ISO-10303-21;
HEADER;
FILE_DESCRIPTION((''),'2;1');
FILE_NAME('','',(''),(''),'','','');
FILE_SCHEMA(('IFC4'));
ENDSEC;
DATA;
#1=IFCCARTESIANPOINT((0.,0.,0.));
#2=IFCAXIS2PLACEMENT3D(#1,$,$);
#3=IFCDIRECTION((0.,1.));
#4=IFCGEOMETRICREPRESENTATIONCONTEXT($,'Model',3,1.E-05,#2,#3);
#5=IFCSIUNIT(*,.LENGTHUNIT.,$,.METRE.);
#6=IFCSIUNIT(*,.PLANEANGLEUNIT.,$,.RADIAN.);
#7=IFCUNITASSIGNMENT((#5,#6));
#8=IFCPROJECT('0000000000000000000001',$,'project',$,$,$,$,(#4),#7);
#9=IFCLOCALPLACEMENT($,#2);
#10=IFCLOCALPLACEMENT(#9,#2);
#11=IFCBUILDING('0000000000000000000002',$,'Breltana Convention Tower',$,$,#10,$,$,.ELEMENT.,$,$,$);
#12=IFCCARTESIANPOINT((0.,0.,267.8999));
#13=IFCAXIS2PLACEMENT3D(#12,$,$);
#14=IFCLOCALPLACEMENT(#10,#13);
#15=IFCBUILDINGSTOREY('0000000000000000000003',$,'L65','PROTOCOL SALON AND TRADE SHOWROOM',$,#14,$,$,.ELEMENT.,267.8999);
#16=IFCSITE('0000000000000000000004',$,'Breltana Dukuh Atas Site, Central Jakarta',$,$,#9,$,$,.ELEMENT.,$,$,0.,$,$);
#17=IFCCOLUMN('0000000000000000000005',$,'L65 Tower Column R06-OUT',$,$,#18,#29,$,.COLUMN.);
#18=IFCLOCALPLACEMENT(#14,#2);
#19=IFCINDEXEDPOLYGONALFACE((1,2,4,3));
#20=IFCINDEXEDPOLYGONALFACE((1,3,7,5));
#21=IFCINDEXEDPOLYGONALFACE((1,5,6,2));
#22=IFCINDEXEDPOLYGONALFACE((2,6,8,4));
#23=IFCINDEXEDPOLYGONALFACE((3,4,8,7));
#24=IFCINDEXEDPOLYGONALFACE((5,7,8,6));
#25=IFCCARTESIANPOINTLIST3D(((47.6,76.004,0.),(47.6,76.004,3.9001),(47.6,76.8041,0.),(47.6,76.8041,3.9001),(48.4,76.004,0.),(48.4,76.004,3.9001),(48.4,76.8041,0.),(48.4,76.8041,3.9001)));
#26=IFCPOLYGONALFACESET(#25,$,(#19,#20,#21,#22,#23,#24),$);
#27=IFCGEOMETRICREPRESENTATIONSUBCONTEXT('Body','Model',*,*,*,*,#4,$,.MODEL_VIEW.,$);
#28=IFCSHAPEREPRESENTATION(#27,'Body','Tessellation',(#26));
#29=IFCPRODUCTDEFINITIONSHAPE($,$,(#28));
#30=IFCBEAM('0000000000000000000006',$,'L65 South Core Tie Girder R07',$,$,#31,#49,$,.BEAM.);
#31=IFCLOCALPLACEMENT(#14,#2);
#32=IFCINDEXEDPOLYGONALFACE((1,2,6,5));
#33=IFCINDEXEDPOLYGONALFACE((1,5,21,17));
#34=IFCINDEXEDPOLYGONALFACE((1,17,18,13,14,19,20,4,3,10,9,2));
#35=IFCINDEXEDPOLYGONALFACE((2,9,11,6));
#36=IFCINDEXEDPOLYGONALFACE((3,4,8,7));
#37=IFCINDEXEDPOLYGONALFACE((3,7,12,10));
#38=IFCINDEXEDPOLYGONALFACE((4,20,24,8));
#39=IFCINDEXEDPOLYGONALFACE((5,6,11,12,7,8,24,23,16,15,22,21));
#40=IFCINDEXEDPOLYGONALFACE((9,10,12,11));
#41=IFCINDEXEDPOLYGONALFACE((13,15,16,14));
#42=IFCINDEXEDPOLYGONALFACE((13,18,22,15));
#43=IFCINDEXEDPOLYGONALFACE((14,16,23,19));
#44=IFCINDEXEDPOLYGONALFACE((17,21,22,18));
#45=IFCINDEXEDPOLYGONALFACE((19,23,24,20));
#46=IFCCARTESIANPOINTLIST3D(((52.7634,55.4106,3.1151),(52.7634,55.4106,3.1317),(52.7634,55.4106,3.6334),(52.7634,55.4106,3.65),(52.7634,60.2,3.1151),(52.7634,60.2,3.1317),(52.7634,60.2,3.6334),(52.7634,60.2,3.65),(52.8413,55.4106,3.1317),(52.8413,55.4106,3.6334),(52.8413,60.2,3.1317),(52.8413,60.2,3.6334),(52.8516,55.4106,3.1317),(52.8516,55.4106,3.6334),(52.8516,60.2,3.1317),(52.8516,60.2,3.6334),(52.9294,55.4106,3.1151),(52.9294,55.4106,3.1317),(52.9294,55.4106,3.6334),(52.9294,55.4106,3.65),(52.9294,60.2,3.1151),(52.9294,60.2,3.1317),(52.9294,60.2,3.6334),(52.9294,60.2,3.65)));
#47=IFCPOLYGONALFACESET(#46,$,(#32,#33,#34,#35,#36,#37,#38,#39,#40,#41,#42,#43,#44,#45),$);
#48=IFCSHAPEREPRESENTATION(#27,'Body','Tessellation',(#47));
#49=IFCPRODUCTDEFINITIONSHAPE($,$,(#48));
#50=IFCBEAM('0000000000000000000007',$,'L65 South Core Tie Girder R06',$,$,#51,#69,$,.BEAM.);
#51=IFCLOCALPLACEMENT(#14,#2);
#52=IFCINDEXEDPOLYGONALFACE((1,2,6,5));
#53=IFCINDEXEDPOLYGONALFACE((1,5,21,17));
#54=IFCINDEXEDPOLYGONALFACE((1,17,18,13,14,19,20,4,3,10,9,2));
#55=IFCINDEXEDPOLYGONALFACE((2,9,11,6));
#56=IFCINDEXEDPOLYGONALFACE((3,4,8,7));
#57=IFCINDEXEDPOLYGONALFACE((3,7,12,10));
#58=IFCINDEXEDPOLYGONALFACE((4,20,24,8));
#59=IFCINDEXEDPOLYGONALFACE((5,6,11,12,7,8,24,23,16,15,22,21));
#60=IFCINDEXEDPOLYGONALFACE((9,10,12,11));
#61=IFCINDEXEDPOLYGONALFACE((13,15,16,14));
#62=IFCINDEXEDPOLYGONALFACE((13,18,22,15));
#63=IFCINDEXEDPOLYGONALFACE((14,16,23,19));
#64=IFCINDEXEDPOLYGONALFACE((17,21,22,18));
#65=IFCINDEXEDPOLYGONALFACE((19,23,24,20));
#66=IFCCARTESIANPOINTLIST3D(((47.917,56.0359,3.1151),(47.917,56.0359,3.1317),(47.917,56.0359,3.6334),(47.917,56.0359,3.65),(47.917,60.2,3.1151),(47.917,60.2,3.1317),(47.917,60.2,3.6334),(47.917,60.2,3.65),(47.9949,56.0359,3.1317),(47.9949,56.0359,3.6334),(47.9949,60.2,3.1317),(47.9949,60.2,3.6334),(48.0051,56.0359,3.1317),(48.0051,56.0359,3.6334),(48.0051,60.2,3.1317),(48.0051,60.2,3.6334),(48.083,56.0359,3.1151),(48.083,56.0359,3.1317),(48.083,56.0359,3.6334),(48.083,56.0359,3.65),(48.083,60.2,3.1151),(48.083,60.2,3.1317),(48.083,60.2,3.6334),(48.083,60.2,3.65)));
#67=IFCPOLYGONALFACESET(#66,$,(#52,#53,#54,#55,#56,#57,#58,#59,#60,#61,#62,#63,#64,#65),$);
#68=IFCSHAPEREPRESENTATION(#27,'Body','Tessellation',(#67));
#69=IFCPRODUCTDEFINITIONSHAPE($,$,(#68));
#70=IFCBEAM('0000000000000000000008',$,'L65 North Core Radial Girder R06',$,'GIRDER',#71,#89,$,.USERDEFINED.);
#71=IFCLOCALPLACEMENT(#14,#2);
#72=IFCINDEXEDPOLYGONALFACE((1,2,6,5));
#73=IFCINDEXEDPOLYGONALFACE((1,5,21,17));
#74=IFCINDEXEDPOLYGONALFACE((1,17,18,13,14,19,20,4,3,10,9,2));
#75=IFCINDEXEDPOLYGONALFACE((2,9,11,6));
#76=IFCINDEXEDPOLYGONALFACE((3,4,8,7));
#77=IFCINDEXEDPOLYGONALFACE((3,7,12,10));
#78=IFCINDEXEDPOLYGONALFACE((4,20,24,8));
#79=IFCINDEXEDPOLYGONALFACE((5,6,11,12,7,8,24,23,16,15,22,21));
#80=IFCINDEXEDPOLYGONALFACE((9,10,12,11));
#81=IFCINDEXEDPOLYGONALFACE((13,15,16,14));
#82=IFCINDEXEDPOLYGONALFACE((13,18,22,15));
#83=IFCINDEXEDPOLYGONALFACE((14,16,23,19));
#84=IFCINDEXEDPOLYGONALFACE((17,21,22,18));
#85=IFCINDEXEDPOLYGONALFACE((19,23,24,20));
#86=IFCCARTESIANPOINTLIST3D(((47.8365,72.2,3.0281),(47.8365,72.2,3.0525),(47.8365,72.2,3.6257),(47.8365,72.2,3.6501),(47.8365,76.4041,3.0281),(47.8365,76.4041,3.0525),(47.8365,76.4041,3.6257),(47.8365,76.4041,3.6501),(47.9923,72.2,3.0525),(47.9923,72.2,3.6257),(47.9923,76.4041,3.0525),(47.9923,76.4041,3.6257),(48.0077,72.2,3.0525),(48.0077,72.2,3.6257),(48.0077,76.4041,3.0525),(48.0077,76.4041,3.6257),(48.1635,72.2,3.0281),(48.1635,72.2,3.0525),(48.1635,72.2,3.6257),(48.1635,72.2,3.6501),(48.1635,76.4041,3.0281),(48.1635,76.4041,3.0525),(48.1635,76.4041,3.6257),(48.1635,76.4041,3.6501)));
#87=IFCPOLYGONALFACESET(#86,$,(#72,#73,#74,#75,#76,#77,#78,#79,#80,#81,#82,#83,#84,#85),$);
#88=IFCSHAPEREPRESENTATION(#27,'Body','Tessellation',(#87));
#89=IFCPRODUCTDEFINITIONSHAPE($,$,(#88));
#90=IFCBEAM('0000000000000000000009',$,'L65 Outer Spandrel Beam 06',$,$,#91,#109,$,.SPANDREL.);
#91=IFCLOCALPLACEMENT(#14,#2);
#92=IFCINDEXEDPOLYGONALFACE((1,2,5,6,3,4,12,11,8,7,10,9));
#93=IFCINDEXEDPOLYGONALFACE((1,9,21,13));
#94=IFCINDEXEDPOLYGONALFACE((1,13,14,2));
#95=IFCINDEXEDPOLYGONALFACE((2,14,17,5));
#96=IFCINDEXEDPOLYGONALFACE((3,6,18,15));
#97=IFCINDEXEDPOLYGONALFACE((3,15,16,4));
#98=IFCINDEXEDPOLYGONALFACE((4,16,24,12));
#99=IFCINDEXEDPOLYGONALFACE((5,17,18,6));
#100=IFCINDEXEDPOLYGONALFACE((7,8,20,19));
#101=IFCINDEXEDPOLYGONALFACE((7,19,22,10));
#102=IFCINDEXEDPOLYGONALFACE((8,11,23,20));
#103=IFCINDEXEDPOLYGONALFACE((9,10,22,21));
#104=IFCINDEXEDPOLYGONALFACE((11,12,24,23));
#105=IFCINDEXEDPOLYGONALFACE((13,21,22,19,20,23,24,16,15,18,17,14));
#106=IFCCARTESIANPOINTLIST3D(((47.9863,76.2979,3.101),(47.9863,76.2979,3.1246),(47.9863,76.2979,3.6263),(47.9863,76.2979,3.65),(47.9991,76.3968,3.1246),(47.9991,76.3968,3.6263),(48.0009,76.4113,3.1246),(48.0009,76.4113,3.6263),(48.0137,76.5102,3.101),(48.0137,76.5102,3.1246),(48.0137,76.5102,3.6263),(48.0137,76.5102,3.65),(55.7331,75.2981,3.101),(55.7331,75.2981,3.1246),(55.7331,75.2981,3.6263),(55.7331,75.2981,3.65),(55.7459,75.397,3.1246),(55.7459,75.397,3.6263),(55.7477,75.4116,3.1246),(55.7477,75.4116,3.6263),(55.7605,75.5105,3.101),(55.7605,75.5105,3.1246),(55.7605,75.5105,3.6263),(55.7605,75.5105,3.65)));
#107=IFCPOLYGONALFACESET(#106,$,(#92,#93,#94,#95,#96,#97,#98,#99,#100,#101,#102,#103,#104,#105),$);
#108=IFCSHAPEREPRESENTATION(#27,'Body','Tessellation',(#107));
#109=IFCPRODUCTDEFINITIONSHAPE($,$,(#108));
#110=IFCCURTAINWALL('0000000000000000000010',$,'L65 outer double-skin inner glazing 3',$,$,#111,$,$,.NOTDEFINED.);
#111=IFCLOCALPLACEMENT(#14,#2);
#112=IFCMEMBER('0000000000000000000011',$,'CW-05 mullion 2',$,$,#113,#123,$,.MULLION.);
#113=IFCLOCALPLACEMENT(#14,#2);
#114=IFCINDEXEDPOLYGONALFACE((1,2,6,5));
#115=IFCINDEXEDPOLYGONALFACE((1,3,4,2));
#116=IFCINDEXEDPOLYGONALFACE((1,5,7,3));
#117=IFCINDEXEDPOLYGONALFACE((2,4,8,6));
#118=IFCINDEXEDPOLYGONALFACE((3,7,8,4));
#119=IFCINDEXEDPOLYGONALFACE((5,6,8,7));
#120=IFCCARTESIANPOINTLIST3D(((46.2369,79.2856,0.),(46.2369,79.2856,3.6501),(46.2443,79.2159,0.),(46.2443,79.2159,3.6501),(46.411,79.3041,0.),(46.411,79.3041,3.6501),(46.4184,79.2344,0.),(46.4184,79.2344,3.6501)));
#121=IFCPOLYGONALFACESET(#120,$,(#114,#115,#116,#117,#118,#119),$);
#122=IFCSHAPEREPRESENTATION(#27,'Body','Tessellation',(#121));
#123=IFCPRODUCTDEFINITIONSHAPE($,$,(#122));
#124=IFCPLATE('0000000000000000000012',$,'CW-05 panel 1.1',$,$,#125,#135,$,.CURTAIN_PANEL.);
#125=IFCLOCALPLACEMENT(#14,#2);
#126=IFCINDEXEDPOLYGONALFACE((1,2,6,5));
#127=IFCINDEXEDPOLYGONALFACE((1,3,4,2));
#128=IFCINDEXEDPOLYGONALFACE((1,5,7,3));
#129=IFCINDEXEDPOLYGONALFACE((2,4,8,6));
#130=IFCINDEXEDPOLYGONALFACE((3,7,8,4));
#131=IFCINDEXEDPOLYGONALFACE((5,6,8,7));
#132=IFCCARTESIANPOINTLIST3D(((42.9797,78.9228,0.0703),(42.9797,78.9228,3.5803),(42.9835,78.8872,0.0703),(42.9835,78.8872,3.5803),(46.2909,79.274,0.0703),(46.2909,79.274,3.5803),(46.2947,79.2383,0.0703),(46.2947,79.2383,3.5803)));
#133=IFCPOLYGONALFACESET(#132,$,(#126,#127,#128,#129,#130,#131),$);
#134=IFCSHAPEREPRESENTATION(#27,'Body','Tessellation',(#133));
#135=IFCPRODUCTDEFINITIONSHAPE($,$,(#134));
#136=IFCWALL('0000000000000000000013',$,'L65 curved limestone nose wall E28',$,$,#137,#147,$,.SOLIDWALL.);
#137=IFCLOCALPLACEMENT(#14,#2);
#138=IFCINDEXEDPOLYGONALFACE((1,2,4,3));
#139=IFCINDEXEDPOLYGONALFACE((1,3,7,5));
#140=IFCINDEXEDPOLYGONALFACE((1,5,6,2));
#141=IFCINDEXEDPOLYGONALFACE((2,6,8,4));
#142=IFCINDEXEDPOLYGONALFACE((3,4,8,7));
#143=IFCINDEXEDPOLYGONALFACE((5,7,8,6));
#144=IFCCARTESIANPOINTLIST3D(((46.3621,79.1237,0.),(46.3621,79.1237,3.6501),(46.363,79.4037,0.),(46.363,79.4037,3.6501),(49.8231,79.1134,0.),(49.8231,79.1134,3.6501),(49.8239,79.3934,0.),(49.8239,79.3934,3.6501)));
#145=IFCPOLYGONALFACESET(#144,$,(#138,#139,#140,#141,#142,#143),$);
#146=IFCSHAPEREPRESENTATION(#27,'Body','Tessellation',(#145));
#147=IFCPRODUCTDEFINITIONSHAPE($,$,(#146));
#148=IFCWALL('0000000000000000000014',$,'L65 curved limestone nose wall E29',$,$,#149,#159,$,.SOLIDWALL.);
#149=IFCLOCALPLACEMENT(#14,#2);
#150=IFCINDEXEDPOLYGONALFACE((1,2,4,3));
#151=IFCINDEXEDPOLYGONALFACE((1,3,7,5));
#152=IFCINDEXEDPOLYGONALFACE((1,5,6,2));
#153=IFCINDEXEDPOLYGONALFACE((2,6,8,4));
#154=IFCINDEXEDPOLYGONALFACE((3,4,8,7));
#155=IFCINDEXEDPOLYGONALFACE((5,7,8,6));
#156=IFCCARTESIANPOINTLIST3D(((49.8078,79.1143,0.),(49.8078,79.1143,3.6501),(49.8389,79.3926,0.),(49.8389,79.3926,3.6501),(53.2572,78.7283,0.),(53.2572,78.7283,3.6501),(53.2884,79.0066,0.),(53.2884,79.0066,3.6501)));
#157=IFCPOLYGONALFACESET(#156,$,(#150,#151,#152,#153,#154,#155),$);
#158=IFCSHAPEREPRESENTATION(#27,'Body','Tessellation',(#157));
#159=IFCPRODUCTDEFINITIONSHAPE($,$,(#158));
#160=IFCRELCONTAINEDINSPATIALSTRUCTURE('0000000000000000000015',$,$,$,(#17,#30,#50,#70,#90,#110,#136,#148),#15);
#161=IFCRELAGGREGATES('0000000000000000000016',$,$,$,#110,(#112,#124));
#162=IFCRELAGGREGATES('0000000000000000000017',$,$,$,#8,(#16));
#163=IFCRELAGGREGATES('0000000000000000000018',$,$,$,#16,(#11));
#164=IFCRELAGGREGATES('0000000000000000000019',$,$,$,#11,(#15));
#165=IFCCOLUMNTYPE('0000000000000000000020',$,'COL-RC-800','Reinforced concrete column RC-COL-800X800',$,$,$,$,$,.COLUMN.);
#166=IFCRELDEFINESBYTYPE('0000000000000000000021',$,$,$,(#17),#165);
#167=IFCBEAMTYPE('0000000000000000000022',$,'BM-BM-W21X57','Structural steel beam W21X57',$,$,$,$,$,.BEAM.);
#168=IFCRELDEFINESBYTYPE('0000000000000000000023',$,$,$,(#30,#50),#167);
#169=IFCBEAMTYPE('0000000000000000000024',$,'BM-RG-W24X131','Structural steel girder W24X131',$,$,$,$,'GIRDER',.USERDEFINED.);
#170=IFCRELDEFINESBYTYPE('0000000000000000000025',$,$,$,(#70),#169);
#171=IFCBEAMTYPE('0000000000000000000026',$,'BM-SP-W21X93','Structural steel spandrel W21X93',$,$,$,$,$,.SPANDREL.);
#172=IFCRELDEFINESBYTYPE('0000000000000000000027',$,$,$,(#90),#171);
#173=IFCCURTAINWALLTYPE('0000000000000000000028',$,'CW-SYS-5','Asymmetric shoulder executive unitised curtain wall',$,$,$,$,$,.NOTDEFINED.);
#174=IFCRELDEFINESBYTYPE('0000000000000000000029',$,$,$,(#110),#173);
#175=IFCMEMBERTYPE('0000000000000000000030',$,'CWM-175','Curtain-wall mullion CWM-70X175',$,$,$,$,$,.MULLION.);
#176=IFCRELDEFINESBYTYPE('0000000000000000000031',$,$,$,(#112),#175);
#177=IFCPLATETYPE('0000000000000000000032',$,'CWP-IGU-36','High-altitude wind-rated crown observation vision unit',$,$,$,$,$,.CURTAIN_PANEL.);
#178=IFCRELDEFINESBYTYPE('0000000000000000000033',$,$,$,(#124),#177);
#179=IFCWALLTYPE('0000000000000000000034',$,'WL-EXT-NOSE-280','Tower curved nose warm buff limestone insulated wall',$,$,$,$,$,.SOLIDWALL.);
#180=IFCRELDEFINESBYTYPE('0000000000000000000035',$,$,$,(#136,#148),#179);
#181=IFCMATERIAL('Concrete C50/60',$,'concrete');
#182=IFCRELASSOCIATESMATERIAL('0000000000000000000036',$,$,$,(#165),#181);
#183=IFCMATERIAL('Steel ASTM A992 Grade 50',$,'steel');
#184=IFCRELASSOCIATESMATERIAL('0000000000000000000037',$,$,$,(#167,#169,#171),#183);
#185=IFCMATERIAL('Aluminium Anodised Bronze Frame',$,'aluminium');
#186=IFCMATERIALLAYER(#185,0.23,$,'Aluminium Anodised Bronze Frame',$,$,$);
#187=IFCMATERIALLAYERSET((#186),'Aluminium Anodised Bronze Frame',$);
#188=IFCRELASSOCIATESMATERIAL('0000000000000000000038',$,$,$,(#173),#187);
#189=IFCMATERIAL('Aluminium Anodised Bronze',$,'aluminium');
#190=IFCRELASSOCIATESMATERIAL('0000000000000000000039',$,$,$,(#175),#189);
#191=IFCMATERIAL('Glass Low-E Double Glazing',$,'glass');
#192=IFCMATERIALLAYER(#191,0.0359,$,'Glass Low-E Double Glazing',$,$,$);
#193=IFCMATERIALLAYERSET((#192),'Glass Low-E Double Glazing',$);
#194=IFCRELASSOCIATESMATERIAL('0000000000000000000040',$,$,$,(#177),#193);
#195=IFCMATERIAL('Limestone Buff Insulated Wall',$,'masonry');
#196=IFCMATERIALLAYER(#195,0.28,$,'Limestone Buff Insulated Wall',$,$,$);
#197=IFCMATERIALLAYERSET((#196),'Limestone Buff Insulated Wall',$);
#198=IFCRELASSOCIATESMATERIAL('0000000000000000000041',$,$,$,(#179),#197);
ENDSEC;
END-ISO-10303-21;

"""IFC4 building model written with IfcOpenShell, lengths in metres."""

from ifc_helpers import new_model, si_unit, direction, frame, frame_2d, origin, origin_2d, place, context, subcontext, project, spatial, rectangle, i_section, extrude, source, transform, mapped, material, layer, layer_set, material_profile, profile_set, type_object, element, aggregate, save


model = new_model("IFC4")

# Units and contexts
model_context = context("Model", 3, precision=1e-05, world=origin(), true_north=direction((0.0, 1.0)))
body_context = subcontext(model_context, "Body", "Model", "MODEL_VIEW")
ifc_project = project(units=[si_unit("LENGTHUNIT", "METRE"), si_unit("PLANEANGLEUNIT", "RADIAN")], contexts=[model_context])

# Site, building, storey
site_placement = place(None, origin())
site = spatial("IfcSite", under=ifc_project, at=site_placement, Name="Breltana Dukuh Atas Site, Central Jakarta", CompositionType="ELEMENT", RefElevation=0.0)
building_placement = place(site_placement, origin())
building = spatial("IfcBuilding", under=site, at=building_placement, Name="Breltana Convention Tower", CompositionType="ELEMENT")
storey_placement = place(building_placement, frame((0.0, 0.0, 267.8999)))
storey = spatial("IfcBuildingStorey", under=building, at=storey_placement, Name="L65", Description="PROTOCOL SALON AND TRADE SHOWROOM", CompositionType="ELEMENT", Elevation=267.8999)

# Column
ifc_material_1 = material(Name="Concrete C50/60", Category="concrete")
ifc_material_profile_1 = material_profile(ifc_material_1, rectangle(XDim=0.8, YDim=0.8, at=origin_2d()), Name="RC-COL-800X800")
ifc_profile_set_1 = profile_set([ifc_material_profile_1], Name="Concrete C50/60")
column_type = type_object("IfcColumnType", Name="COL-RC-800", Description="Reinforced concrete column RC-COL-800X800", PredefinedType="COLUMN", material=ifc_profile_set_1)
shared_shape_1 = source(origin(), body_context, "Body", "SweptSolid", [
    extrude(rectangle(XDim=0.8, YDim=0.8, at=origin_2d()), origin(), (0.0, 0.0, 1.0), 3.9001),
])
column_placement = place(storey_placement, frame((48.0, 76.4041, 0.0), z_axis=(0.0, 0.0, 1.0), x_axis=(0.0, 1.0, 0.0)))
element("IfcColumn", 1, at=column_placement, inside=storey, type_object=column_type, Name="L65 Tower Column R06-OUT", PredefinedType="COLUMN", context=body_context, shape_type="MappedRepresentation", body=[
    mapped(shared_shape_1, transform((0.0, 0.0, 0.0), scale=1.0)),
])

# Beams
ifc_material_2 = material(Name="Steel ASTM A992 Grade 50", Category="steel")
ifc_material_profile_2 = material_profile(ifc_material_2, i_section(OverallWidth=0.166, OverallDepth=0.5349, WebThickness=0.0103, FlangeThickness=0.0166, at=origin_2d()), Name="W21X57")
ifc_profile_set_2 = profile_set([ifc_material_profile_2], Name="Steel ASTM A992 Grade 50")
beam_type_1 = type_object("IfcBeamType", Name="BM-BM-W21X57", Description="Structural steel beam W21X57", PredefinedType="BEAM", material=ifc_profile_set_2)
shared_shape_2 = source(origin(), body_context, "Body", "SweptSolid", [
    extrude(i_section(OverallWidth=0.166, OverallDepth=0.5349, WebThickness=0.0103, FlangeThickness=0.0166, at=origin_2d()), origin(), (0.0, 0.0, 1.0), 4.7893),
])
beam_1_placement = place(storey_placement, frame((52.8464, 60.2, 3.3826), z_axis=(0.0, -1.0, 0.0), x_axis=(1.0, 0.0, 0.0)))
element("IfcBeam", 2, at=beam_1_placement, inside=storey, type_object=beam_type_1, Name="L65 South Core Tie Girder R07", PredefinedType="BEAM", context=body_context, shape_type="MappedRepresentation", body=[
    mapped(shared_shape_2, transform((0.0, 0.0, 0.0), scale=1.0)),
])
shared_shape_3 = source(origin(), body_context, "Body", "SweptSolid", [
    extrude(i_section(OverallWidth=0.166, OverallDepth=0.5349, WebThickness=0.0103, FlangeThickness=0.0166, at=origin_2d()), origin(), (0.0, 0.0, 1.0), 4.1641),
])
beam_2_placement = place(storey_placement, frame((48.0, 60.2, 3.3826), z_axis=(0.0, -1.0, 0.0), x_axis=(1.0, 0.0, 0.0)))
element("IfcBeam", 3, at=beam_2_placement, inside=storey, type_object=beam_type_1, Name="L65 South Core Tie Girder R06", PredefinedType="BEAM", context=body_context, shape_type="MappedRepresentation", body=[
    mapped(shared_shape_3, transform((0.0, 0.0, 0.0), scale=1.0)),
])
ifc_material_profile_3 = material_profile(ifc_material_2, i_section(OverallWidth=0.3269, OverallDepth=0.6221, WebThickness=0.0154, FlangeThickness=0.0244, at=origin_2d()), Name="W24X131")
ifc_profile_set_3 = profile_set([ifc_material_profile_3], Name="Steel ASTM A992 Grade 50")
beam_type_2 = type_object("IfcBeamType", Name="BM-RG-W24X131", Description="Structural steel girder W24X131", ElementType="GIRDER", PredefinedType="USERDEFINED", material=ifc_profile_set_3)
shared_shape_4 = source(origin(), body_context, "Body", "SweptSolid", [
    extrude(i_section(OverallWidth=0.3269, OverallDepth=0.6221, WebThickness=0.0154, FlangeThickness=0.0244, at=origin_2d()), origin(), (0.0, 0.0, 1.0), 4.2041),
])
beam_3_placement = place(storey_placement, frame((48.0, 72.2, 3.3391), z_axis=(0.0, 1.0, 0.0), x_axis=(-1.0, 0.0, 0.0)))
element("IfcBeam", 4, at=beam_3_placement, inside=storey, type_object=beam_type_2, Name="L65 North Core Radial Girder R06", ObjectType="GIRDER", PredefinedType="USERDEFINED", context=body_context, shape_type="MappedRepresentation", body=[
    mapped(shared_shape_4, transform((0.0, 0.0, 0.0), scale=1.0)),
])
ifc_material_profile_4 = material_profile(ifc_material_2, i_section(OverallWidth=0.2141, OverallDepth=0.5491, WebThickness=0.0146, FlangeThickness=0.0237, at=origin_2d()), Name="W21X93")
ifc_profile_set_4 = profile_set([ifc_material_profile_4], Name="Steel ASTM A992 Grade 50")
beam_type_3 = type_object("IfcBeamType", Name="BM-SP-W21X93", Description="Structural steel spandrel W21X93", PredefinedType="SPANDREL", material=ifc_profile_set_4)
shared_shape_5 = source(origin(), body_context, "Body", "SweptSolid", [
    extrude(i_section(OverallWidth=0.2141, OverallDepth=0.5491, WebThickness=0.0146, FlangeThickness=0.0237, at=origin_2d()), origin(), (0.0, 0.0, 1.0), 7.811),
])
beam_4_placement = place(storey_placement, frame((48.0, 76.4041, 3.3755), z_axis=(0.991775, -0.127992, 0.0), x_axis=(0.127992, 0.991775, 0.0)))
element("IfcBeam", 5, at=beam_4_placement, inside=storey, type_object=beam_type_3, Name="L65 Outer Spandrel Beam 06", PredefinedType="SPANDREL", context=body_context, shape_type="MappedRepresentation", body=[
    mapped(shared_shape_5, transform((0.0, 0.0, 0.0), scale=1.0)),
])

# Curtain wall, member, plate
ifc_material_3 = material(Name="Aluminium Anodised Bronze Frame", Category="aluminium")
ifc_layer_1 = layer(ifc_material_3, 0.23, Name="Aluminium Anodised Bronze Frame")
ifc_layer_set_1 = layer_set([ifc_layer_1], Name="Aluminium Anodised Bronze Frame")
curtain_wall_type = type_object("IfcCurtainWallType", Name="CW-SYS-5", Description="Asymmetric shoulder executive unitised curtain wall", PredefinedType="NOTDEFINED", material=ifc_layer_set_1)
curtain_wall_placement = place(storey_placement, origin())
curtain_wall = element("IfcCurtainWall", 6, at=curtain_wall_placement, inside=storey, type_object=curtain_wall_type, Name="L65 outer double-skin inner glazing 3", PredefinedType="NOTDEFINED")
ifc_material_4 = material(Name="Aluminium Anodised Bronze", Category="aluminium")
ifc_material_profile_5 = material_profile(ifc_material_4, rectangle(XDim=0.0701, YDim=0.175, at=origin_2d()), Name="CWM-70X175")
ifc_profile_set_5 = profile_set([ifc_material_profile_5], Name="Aluminium Anodised Bronze")
member_type = type_object("IfcMemberType", Name="CWM-175", Description="Curtain-wall mullion CWM-70X175", PredefinedType="MULLION", material=ifc_profile_set_5)
shared_shape_6 = source(origin(), body_context, "Body", "SweptSolid", [
    extrude(rectangle(XDim=0.0701, YDim=0.175, at=origin_2d()), origin(), (0.0, 0.0, 1.0), 3.6501),
])
member_placement = place(storey_placement, frame((46.3276, 79.26, 0.0), z_axis=(0.0, 0.0, 1.0), x_axis=(-0.105448, 0.994425, 0.0)))
member = element("IfcMember", 7, at=member_placement, type_object=member_type, Name="CW-05 mullion 2", PredefinedType="MULLION", context=body_context, shape_type="MappedRepresentation", body=[
    mapped(shared_shape_6, transform((0.0, 0.0, 0.0), scale=1.0)),
])
ifc_material_5 = material(Name="Glass Low-E Double Glazing", Category="glass")
ifc_layer_2 = layer(ifc_material_5, 0.0359, Name="Glass Low-E Double Glazing")
ifc_layer_set_2 = layer_set([ifc_layer_2], Name="Glass Low-E Double Glazing")
plate_type = type_object("IfcPlateType", Name="CWP-IGU-36", Description="High-altitude wind-rated crown observation vision unit", PredefinedType="CURTAIN_PANEL", material=ifc_layer_set_2)
shared_shape_7 = source(origin(), body_context, "Body", "SweptSolid", [
    extrude(rectangle(XDim=3.3298, YDim=0.0359, at=origin_2d()), origin(), (0.0, 0.0, 1.0), 3.51),
])
plate_placement = place(storey_placement, frame((44.6372, 79.0806, 0.0703), z_axis=(0.0, 0.0, 1.0), x_axis=(0.994425, 0.105448, 0.0)))
plate = element("IfcPlate", 8, at=plate_placement, type_object=plate_type, Name="CW-05 panel 1.1", PredefinedType="CURTAIN_PANEL", context=body_context, shape_type="MappedRepresentation", body=[
    mapped(shared_shape_7, transform((0.0, 0.0, 0.0), scale=1.0)),
])
aggregate(curtain_wall, [member, plate])

# Walls
ifc_material_6 = material(Name="Limestone Buff Insulated Wall", Category="masonry")
ifc_layer_3 = layer(ifc_material_6, 0.28, Name="Limestone Buff Insulated Wall")
ifc_layer_set_3 = layer_set([ifc_layer_3], Name="Limestone Buff Insulated Wall")
wall_type_1 = type_object("IfcWallType", Name="WL-EXT-NOSE-280", Description="Tower curved nose warm buff limestone insulated wall", PredefinedType="SOLIDWALL", material=ifc_layer_set_3)
shared_shape_8 = source(origin(), body_context, "Body", "SweptSolid", [
    extrude(rectangle(XDim=3.4609, YDim=0.28, at=frame_2d((1.7305, 0.0))), origin(), (0.0, 0.0, 1.0), 3.6501),
])
wall_1_placement = place(storey_placement, frame((46.3625, 79.2637, 0.0), z_axis=(0.0, 0.0, 1.0), x_axis=(0.999996, -0.002963, 0.0)))
element("IfcWall", 9, at=wall_1_placement, inside=storey, type_object=wall_type_1, Name="L65 curved limestone nose wall E28", PredefinedType="SOLIDWALL", context=body_context, shape_type="MappedRepresentation", body=[
    mapped(shared_shape_8, transform((0.0, 0.0, 0.0), scale=1.0)),
])
shared_shape_9 = source(origin(), body_context, "Body", "SweptSolid", [
    extrude(rectangle(XDim=3.4709, YDim=0.28, at=frame_2d((1.7354, 0.0))), origin(), (0.0, 0.0, 1.0), 3.6501),
])
wall_2_placement = place(storey_placement, frame((49.8235, 79.2534, 0.0), z_axis=(0.0, 0.0, 1.0), x_axis=(0.993798, -0.111203, 0.0)))
element("IfcWall", 10, at=wall_2_placement, inside=storey, type_object=wall_type_1, Name="L65 curved limestone nose wall E29", PredefinedType="SOLIDWALL", context=body_context, shape_type="MappedRepresentation", body=[
    mapped(shared_shape_9, transform((0.0, 0.0, 0.0), scale=1.0)),
])

save(model, "model.ifc")
